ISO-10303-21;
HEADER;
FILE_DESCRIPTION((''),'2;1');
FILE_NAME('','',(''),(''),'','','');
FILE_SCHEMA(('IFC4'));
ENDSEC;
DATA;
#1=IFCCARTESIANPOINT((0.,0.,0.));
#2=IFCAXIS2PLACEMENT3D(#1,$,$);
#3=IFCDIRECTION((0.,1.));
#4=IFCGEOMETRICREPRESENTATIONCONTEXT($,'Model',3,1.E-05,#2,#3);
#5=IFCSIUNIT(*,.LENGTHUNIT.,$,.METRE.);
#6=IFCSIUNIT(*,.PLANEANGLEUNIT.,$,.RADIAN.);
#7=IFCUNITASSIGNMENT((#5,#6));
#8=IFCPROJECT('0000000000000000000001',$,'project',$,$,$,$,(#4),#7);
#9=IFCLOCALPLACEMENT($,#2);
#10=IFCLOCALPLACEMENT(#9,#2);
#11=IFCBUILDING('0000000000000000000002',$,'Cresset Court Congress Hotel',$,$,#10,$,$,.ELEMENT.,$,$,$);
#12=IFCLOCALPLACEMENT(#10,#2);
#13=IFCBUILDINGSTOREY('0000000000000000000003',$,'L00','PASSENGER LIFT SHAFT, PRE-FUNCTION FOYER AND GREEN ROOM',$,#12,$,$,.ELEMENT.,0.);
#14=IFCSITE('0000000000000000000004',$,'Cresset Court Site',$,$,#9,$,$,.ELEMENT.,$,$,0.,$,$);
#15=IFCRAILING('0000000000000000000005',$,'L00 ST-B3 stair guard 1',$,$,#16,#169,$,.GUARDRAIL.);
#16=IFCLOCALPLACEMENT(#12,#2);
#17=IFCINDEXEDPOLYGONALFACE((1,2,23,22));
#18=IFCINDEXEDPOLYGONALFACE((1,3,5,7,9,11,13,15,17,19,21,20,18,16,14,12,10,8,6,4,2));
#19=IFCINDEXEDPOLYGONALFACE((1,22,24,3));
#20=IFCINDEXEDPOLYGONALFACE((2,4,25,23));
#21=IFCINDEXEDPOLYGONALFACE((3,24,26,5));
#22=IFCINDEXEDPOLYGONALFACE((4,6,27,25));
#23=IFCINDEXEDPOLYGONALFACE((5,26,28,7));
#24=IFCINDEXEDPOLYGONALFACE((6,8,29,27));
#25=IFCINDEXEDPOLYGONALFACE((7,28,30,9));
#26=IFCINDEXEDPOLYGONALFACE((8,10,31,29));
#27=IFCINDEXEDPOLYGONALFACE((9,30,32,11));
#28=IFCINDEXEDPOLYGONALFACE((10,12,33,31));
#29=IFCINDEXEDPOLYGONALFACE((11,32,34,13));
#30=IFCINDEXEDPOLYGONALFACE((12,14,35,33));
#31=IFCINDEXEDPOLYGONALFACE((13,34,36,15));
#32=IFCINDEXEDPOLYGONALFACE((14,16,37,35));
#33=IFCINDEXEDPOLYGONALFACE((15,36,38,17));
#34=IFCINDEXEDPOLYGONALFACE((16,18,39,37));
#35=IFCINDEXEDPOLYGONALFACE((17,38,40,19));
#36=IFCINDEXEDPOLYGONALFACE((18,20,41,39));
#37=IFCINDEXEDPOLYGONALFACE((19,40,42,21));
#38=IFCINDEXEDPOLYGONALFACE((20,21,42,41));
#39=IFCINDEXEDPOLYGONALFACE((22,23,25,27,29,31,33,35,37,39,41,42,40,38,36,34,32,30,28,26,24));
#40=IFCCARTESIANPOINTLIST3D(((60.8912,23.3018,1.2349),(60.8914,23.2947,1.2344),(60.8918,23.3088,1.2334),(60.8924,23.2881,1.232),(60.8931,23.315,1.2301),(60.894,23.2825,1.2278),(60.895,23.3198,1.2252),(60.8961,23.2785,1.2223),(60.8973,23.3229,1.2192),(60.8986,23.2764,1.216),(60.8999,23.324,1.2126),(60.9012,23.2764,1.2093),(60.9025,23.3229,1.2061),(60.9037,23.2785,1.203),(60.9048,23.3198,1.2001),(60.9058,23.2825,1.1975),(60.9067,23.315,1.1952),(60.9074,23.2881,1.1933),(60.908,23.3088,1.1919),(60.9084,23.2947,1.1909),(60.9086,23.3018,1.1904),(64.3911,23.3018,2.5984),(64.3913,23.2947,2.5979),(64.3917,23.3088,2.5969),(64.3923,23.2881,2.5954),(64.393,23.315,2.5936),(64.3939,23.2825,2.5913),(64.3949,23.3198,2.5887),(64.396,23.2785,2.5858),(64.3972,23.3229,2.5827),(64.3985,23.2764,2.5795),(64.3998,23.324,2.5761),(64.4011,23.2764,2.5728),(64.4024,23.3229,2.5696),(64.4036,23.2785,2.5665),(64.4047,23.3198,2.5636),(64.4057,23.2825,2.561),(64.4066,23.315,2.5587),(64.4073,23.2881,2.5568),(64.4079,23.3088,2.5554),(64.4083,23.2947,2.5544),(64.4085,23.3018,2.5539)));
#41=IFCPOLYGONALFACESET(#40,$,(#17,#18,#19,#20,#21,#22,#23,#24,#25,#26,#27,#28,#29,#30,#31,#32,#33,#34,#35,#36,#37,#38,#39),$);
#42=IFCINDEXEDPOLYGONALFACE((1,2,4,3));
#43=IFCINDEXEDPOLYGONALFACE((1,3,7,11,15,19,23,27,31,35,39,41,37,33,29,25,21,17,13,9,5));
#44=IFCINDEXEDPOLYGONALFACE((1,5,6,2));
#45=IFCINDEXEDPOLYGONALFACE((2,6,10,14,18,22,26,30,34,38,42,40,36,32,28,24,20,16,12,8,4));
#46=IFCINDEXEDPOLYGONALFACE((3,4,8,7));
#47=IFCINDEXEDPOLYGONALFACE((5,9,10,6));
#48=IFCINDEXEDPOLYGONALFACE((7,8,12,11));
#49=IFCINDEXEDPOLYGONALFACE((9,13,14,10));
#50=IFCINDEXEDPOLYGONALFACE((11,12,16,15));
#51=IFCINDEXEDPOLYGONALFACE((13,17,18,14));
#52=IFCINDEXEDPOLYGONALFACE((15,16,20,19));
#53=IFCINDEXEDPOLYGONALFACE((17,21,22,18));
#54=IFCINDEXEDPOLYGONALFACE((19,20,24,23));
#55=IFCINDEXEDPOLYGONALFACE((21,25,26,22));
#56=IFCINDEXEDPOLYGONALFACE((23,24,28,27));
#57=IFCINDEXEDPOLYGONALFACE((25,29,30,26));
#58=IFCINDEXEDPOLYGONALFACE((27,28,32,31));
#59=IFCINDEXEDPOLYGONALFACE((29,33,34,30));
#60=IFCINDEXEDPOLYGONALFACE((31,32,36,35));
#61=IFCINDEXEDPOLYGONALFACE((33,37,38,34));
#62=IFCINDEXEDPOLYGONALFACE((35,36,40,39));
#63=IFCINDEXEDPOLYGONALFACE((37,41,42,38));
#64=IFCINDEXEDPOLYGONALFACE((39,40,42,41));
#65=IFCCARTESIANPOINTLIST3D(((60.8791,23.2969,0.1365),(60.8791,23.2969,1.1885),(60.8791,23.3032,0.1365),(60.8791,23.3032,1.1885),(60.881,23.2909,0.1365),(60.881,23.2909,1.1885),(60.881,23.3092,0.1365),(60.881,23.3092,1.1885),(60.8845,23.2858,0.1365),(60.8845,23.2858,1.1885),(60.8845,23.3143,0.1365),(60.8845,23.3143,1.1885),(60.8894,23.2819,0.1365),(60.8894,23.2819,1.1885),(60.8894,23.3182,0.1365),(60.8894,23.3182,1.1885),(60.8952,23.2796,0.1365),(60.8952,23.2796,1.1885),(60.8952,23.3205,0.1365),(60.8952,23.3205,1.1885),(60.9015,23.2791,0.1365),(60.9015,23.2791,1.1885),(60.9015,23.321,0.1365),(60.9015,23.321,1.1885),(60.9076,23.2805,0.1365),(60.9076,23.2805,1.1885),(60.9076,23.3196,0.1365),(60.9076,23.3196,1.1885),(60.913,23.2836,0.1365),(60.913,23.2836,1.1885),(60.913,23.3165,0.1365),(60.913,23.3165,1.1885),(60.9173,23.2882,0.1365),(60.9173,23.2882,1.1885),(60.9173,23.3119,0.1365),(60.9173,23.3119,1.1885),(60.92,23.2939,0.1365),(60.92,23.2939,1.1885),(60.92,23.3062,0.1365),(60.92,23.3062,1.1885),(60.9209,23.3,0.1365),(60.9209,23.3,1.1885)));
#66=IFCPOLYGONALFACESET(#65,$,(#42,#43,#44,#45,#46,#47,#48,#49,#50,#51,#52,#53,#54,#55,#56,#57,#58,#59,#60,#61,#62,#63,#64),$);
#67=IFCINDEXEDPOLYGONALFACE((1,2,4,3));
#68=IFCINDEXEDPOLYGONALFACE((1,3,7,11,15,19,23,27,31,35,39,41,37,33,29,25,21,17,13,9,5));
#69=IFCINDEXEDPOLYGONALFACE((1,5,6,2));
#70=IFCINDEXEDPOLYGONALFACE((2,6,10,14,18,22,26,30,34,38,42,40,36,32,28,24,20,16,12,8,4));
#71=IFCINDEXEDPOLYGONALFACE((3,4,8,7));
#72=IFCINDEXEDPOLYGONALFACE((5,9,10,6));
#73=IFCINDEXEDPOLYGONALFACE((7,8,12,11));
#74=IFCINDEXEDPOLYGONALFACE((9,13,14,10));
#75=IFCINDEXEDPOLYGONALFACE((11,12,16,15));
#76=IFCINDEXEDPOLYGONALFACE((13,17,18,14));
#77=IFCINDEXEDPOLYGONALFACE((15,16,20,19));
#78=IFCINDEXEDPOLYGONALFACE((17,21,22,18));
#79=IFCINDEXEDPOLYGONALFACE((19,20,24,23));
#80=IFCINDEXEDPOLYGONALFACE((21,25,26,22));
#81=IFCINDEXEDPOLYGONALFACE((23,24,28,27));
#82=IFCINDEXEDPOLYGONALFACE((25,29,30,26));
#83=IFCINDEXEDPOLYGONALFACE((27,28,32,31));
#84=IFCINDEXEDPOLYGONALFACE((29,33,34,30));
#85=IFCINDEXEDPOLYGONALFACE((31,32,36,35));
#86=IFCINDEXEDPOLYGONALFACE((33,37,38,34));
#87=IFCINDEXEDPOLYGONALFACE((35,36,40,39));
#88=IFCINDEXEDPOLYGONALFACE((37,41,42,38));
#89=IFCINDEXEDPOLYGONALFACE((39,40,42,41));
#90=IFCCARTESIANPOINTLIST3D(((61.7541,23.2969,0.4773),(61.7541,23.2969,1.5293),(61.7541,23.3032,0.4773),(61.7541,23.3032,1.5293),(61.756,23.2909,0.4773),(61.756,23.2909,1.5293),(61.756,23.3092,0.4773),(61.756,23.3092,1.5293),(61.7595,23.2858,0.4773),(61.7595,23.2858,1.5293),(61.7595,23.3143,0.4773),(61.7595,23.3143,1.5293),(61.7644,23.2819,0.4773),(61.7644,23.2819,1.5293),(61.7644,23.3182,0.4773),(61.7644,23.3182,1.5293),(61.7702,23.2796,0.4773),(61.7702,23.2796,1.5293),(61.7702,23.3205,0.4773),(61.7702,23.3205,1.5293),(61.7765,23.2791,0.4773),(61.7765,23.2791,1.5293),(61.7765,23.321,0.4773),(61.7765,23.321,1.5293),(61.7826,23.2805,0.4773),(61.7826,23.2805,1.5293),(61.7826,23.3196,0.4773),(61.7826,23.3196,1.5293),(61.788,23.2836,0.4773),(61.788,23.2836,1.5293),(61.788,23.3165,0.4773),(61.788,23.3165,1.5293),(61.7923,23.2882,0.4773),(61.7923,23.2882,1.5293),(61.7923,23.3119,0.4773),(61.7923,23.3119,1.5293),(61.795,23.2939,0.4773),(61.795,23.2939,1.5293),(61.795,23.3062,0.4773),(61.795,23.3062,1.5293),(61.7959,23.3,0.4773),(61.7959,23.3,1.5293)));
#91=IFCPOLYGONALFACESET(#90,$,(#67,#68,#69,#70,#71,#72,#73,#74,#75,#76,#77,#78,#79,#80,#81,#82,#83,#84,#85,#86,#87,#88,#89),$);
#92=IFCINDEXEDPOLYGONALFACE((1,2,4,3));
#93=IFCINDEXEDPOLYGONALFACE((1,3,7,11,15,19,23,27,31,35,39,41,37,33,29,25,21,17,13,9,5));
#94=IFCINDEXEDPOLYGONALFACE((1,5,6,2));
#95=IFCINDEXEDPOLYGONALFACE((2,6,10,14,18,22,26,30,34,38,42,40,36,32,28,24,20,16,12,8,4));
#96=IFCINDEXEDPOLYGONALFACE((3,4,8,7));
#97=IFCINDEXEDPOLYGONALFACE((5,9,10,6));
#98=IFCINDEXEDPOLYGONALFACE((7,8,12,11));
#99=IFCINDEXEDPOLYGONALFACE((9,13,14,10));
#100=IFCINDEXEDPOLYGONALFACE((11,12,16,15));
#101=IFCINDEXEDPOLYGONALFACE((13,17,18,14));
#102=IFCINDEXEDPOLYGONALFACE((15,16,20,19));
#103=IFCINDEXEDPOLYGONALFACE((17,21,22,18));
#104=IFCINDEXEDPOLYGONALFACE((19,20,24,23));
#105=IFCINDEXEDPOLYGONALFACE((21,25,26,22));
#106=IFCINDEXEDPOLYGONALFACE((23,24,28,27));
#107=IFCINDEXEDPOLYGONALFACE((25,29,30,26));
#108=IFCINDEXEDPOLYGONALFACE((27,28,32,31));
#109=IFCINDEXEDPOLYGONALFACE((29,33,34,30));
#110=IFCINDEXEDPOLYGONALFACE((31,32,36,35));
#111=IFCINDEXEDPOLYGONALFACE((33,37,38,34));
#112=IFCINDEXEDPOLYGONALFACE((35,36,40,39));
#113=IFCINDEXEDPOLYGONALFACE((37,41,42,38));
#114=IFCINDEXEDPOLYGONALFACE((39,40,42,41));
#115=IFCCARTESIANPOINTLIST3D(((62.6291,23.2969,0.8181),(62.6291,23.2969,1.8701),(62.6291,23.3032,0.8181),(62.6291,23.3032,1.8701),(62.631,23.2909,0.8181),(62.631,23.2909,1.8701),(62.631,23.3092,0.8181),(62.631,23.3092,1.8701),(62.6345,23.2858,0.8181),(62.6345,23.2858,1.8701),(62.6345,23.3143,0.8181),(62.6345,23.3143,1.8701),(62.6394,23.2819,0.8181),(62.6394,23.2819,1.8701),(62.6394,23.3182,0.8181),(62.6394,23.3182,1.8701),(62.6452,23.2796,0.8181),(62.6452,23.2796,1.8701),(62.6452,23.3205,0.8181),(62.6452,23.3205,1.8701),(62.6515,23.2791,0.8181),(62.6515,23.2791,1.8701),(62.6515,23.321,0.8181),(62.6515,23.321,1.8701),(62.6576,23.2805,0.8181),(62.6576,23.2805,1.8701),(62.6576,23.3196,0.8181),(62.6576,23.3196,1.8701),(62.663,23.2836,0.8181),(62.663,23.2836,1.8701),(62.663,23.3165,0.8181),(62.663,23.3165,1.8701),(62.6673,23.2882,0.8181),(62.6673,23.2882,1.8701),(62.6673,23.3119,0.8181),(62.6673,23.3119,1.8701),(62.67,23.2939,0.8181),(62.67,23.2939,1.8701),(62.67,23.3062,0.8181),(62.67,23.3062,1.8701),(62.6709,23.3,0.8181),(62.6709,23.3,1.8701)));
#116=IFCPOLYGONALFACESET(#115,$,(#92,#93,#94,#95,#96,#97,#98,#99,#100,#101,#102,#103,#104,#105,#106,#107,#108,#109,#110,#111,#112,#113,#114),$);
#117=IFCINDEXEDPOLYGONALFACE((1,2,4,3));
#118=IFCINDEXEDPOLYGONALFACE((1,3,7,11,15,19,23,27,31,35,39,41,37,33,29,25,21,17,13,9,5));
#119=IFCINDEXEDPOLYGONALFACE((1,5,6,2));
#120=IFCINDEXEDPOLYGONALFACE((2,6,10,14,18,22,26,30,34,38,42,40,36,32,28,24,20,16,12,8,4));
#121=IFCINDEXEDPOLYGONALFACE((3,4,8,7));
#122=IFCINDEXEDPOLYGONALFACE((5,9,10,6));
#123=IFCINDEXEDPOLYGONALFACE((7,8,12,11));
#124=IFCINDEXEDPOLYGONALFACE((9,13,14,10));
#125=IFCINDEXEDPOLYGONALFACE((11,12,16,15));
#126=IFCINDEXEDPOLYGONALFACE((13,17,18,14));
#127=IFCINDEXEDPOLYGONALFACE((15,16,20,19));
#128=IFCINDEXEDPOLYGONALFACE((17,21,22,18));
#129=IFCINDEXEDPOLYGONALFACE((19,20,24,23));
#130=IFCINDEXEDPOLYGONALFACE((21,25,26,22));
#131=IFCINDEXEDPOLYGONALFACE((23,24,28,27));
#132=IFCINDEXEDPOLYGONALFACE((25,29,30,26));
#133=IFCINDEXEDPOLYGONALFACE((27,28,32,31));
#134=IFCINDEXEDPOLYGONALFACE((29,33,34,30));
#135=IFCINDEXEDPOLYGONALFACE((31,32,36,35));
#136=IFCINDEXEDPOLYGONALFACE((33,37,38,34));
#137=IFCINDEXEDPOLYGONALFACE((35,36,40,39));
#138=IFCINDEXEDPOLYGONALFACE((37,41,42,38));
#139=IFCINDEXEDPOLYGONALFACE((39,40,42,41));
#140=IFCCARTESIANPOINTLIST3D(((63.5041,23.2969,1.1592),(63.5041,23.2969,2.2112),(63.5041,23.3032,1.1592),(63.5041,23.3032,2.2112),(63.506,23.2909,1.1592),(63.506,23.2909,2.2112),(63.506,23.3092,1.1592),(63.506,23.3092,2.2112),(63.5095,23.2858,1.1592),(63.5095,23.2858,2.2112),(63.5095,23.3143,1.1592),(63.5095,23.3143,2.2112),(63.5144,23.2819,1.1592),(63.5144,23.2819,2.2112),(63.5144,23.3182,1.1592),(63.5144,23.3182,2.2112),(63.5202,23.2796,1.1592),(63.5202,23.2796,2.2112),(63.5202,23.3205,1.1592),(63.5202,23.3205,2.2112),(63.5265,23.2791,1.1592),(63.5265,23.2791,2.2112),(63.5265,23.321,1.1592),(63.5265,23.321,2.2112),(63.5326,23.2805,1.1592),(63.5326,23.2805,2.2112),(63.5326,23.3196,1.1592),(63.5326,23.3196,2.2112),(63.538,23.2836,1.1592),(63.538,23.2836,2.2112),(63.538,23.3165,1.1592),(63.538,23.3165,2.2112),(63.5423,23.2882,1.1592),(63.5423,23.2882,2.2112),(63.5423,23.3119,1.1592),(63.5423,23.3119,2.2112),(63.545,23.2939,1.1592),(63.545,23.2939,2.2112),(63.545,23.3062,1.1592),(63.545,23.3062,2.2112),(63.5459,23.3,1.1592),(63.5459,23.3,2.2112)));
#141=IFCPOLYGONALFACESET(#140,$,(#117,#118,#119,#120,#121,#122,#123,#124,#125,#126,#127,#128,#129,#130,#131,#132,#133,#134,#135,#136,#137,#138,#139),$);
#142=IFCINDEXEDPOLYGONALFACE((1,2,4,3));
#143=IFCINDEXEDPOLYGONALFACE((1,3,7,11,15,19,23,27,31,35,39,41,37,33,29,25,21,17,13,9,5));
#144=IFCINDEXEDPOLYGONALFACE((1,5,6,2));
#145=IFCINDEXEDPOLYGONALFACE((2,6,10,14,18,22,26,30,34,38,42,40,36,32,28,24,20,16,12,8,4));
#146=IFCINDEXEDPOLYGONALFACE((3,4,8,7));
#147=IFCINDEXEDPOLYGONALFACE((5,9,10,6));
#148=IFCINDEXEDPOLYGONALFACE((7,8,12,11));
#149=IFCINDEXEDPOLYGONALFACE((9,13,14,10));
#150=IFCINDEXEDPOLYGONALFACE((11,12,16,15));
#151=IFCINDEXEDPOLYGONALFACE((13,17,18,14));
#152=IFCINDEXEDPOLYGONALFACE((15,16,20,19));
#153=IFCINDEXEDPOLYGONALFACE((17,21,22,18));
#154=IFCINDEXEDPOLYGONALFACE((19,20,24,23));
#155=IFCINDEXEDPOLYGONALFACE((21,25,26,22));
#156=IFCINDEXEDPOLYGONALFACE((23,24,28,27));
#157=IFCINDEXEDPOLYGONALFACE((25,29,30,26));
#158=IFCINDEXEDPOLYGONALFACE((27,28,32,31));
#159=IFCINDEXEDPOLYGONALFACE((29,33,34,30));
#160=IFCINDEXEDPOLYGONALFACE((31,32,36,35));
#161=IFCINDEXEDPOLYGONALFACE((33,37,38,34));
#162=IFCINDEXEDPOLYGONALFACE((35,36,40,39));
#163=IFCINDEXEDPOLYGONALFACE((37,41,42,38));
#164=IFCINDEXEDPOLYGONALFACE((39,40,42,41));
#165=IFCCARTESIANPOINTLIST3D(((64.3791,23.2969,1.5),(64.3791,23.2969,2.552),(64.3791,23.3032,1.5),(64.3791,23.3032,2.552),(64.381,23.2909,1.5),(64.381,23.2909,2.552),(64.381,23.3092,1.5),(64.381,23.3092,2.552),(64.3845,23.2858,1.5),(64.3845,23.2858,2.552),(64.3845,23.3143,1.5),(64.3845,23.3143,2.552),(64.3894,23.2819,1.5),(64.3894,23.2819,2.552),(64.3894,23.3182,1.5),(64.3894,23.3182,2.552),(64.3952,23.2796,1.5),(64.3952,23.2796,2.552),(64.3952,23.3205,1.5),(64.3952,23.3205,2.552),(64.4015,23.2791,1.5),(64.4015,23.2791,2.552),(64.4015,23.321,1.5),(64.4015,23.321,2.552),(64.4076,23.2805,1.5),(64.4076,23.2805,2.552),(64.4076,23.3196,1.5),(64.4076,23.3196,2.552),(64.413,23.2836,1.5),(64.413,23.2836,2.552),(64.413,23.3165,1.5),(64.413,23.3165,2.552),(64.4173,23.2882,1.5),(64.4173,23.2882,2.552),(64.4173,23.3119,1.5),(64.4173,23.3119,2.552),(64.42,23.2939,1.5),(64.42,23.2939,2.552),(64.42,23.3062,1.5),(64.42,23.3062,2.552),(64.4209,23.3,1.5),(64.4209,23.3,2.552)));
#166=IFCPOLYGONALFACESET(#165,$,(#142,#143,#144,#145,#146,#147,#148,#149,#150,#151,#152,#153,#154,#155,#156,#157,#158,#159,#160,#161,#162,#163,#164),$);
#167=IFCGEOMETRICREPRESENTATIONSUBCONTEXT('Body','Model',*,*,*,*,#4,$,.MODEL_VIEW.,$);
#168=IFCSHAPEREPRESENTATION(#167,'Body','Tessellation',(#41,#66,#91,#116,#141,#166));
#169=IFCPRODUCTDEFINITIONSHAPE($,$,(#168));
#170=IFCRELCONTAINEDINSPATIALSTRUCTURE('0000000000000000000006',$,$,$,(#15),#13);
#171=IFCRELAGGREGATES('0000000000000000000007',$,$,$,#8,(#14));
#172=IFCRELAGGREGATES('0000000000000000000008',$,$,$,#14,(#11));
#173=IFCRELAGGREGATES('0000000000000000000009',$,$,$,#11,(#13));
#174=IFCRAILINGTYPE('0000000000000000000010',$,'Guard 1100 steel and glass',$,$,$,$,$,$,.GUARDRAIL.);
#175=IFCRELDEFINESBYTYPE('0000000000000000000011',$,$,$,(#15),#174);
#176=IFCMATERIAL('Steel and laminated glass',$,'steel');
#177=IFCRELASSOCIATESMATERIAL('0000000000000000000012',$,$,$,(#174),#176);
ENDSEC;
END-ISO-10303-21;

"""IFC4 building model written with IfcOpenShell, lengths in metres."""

from ifc_helpers import new_model, si_unit, direction, frame, origin, origin_2d, place, context, subcontext, project, spatial, circle, extrude, material, type_object, element, save


model = new_model("IFC4")

# Units and contexts
model_context = context("Model", 3, precision=1e-05, world=origin(), true_north=direction((0.0, 1.0)))
body_context = subcontext(model_context, "Body", "Model", "MODEL_VIEW")
ifc_project = project(units=[si_unit("LENGTHUNIT", "METRE"), si_unit("PLANEANGLEUNIT", "RADIAN")], contexts=[model_context])

# Site, building, storey
site_placement = place(None, origin())
site = spatial("IfcSite", under=ifc_project, at=site_placement, Name="Cresset Court Site", CompositionType="ELEMENT", RefElevation=0.0)
building_placement = place(site_placement, origin())
building = spatial("IfcBuilding", under=site, at=building_placement, Name="Cresset Court Congress Hotel", CompositionType="ELEMENT")
storey_placement = place(building_placement, origin())
storey = spatial("IfcBuildingStorey", under=building, at=storey_placement, Name="L00", Description="PASSENGER LIFT SHAFT, PRE-FUNCTION FOYER AND GREEN ROOM", CompositionType="ELEMENT", Elevation=0.0)

# Railing
ifc_material_1 = material(Name="Steel and laminated glass", Category="steel")
railing_type_1 = type_object("IfcRailingType", Name="Guard 1100 steel and glass", PredefinedType="GUARDRAIL", material=ifc_material_1)
railing_1_placement = place(storey_placement, frame((60.8999, 23.3, 0.1365)))
element("IfcRailing", 1, at=railing_1_placement, inside=storey, type_object=railing_type_1, Name="L00 ST-B3 stair guard 1", PredefinedType="GUARDRAIL", context=body_context, shape_type="SweptSolid", body=[
    extrude(circle(Radius=0.0239, at=origin_2d()), frame((0.0, 0.0, 1.0762), z_axis=(0.931787, 0.0, 0.363005), x_axis=(0.0, 1.0, 0.0)), (0.0, 0.0, 1.0), 3.7561),
    extrude(circle(Radius=0.021, at=origin_2d()), origin(), (0.0, 0.0, 1.0), 1.052),
    extrude(circle(Radius=0.021, at=origin_2d()), frame((0.875, 0.0, 0.3408)), (0.0, 0.0, 1.0), 1.052),
    extrude(circle(Radius=0.021, at=origin_2d()), frame((1.75, 0.0, 0.6816)), (0.0, 0.0, 1.0), 1.052),
    extrude(circle(Radius=0.021, at=origin_2d()), frame((2.625, 0.0, 1.0227)), (0.0, 0.0, 1.0), 1.052),
    extrude(circle(Radius=0.021, at=origin_2d()), frame((3.5, 0.0, 1.3635)), (0.0, 0.0, 1.0), 1.052),
])

save(model, "model.ifc")
